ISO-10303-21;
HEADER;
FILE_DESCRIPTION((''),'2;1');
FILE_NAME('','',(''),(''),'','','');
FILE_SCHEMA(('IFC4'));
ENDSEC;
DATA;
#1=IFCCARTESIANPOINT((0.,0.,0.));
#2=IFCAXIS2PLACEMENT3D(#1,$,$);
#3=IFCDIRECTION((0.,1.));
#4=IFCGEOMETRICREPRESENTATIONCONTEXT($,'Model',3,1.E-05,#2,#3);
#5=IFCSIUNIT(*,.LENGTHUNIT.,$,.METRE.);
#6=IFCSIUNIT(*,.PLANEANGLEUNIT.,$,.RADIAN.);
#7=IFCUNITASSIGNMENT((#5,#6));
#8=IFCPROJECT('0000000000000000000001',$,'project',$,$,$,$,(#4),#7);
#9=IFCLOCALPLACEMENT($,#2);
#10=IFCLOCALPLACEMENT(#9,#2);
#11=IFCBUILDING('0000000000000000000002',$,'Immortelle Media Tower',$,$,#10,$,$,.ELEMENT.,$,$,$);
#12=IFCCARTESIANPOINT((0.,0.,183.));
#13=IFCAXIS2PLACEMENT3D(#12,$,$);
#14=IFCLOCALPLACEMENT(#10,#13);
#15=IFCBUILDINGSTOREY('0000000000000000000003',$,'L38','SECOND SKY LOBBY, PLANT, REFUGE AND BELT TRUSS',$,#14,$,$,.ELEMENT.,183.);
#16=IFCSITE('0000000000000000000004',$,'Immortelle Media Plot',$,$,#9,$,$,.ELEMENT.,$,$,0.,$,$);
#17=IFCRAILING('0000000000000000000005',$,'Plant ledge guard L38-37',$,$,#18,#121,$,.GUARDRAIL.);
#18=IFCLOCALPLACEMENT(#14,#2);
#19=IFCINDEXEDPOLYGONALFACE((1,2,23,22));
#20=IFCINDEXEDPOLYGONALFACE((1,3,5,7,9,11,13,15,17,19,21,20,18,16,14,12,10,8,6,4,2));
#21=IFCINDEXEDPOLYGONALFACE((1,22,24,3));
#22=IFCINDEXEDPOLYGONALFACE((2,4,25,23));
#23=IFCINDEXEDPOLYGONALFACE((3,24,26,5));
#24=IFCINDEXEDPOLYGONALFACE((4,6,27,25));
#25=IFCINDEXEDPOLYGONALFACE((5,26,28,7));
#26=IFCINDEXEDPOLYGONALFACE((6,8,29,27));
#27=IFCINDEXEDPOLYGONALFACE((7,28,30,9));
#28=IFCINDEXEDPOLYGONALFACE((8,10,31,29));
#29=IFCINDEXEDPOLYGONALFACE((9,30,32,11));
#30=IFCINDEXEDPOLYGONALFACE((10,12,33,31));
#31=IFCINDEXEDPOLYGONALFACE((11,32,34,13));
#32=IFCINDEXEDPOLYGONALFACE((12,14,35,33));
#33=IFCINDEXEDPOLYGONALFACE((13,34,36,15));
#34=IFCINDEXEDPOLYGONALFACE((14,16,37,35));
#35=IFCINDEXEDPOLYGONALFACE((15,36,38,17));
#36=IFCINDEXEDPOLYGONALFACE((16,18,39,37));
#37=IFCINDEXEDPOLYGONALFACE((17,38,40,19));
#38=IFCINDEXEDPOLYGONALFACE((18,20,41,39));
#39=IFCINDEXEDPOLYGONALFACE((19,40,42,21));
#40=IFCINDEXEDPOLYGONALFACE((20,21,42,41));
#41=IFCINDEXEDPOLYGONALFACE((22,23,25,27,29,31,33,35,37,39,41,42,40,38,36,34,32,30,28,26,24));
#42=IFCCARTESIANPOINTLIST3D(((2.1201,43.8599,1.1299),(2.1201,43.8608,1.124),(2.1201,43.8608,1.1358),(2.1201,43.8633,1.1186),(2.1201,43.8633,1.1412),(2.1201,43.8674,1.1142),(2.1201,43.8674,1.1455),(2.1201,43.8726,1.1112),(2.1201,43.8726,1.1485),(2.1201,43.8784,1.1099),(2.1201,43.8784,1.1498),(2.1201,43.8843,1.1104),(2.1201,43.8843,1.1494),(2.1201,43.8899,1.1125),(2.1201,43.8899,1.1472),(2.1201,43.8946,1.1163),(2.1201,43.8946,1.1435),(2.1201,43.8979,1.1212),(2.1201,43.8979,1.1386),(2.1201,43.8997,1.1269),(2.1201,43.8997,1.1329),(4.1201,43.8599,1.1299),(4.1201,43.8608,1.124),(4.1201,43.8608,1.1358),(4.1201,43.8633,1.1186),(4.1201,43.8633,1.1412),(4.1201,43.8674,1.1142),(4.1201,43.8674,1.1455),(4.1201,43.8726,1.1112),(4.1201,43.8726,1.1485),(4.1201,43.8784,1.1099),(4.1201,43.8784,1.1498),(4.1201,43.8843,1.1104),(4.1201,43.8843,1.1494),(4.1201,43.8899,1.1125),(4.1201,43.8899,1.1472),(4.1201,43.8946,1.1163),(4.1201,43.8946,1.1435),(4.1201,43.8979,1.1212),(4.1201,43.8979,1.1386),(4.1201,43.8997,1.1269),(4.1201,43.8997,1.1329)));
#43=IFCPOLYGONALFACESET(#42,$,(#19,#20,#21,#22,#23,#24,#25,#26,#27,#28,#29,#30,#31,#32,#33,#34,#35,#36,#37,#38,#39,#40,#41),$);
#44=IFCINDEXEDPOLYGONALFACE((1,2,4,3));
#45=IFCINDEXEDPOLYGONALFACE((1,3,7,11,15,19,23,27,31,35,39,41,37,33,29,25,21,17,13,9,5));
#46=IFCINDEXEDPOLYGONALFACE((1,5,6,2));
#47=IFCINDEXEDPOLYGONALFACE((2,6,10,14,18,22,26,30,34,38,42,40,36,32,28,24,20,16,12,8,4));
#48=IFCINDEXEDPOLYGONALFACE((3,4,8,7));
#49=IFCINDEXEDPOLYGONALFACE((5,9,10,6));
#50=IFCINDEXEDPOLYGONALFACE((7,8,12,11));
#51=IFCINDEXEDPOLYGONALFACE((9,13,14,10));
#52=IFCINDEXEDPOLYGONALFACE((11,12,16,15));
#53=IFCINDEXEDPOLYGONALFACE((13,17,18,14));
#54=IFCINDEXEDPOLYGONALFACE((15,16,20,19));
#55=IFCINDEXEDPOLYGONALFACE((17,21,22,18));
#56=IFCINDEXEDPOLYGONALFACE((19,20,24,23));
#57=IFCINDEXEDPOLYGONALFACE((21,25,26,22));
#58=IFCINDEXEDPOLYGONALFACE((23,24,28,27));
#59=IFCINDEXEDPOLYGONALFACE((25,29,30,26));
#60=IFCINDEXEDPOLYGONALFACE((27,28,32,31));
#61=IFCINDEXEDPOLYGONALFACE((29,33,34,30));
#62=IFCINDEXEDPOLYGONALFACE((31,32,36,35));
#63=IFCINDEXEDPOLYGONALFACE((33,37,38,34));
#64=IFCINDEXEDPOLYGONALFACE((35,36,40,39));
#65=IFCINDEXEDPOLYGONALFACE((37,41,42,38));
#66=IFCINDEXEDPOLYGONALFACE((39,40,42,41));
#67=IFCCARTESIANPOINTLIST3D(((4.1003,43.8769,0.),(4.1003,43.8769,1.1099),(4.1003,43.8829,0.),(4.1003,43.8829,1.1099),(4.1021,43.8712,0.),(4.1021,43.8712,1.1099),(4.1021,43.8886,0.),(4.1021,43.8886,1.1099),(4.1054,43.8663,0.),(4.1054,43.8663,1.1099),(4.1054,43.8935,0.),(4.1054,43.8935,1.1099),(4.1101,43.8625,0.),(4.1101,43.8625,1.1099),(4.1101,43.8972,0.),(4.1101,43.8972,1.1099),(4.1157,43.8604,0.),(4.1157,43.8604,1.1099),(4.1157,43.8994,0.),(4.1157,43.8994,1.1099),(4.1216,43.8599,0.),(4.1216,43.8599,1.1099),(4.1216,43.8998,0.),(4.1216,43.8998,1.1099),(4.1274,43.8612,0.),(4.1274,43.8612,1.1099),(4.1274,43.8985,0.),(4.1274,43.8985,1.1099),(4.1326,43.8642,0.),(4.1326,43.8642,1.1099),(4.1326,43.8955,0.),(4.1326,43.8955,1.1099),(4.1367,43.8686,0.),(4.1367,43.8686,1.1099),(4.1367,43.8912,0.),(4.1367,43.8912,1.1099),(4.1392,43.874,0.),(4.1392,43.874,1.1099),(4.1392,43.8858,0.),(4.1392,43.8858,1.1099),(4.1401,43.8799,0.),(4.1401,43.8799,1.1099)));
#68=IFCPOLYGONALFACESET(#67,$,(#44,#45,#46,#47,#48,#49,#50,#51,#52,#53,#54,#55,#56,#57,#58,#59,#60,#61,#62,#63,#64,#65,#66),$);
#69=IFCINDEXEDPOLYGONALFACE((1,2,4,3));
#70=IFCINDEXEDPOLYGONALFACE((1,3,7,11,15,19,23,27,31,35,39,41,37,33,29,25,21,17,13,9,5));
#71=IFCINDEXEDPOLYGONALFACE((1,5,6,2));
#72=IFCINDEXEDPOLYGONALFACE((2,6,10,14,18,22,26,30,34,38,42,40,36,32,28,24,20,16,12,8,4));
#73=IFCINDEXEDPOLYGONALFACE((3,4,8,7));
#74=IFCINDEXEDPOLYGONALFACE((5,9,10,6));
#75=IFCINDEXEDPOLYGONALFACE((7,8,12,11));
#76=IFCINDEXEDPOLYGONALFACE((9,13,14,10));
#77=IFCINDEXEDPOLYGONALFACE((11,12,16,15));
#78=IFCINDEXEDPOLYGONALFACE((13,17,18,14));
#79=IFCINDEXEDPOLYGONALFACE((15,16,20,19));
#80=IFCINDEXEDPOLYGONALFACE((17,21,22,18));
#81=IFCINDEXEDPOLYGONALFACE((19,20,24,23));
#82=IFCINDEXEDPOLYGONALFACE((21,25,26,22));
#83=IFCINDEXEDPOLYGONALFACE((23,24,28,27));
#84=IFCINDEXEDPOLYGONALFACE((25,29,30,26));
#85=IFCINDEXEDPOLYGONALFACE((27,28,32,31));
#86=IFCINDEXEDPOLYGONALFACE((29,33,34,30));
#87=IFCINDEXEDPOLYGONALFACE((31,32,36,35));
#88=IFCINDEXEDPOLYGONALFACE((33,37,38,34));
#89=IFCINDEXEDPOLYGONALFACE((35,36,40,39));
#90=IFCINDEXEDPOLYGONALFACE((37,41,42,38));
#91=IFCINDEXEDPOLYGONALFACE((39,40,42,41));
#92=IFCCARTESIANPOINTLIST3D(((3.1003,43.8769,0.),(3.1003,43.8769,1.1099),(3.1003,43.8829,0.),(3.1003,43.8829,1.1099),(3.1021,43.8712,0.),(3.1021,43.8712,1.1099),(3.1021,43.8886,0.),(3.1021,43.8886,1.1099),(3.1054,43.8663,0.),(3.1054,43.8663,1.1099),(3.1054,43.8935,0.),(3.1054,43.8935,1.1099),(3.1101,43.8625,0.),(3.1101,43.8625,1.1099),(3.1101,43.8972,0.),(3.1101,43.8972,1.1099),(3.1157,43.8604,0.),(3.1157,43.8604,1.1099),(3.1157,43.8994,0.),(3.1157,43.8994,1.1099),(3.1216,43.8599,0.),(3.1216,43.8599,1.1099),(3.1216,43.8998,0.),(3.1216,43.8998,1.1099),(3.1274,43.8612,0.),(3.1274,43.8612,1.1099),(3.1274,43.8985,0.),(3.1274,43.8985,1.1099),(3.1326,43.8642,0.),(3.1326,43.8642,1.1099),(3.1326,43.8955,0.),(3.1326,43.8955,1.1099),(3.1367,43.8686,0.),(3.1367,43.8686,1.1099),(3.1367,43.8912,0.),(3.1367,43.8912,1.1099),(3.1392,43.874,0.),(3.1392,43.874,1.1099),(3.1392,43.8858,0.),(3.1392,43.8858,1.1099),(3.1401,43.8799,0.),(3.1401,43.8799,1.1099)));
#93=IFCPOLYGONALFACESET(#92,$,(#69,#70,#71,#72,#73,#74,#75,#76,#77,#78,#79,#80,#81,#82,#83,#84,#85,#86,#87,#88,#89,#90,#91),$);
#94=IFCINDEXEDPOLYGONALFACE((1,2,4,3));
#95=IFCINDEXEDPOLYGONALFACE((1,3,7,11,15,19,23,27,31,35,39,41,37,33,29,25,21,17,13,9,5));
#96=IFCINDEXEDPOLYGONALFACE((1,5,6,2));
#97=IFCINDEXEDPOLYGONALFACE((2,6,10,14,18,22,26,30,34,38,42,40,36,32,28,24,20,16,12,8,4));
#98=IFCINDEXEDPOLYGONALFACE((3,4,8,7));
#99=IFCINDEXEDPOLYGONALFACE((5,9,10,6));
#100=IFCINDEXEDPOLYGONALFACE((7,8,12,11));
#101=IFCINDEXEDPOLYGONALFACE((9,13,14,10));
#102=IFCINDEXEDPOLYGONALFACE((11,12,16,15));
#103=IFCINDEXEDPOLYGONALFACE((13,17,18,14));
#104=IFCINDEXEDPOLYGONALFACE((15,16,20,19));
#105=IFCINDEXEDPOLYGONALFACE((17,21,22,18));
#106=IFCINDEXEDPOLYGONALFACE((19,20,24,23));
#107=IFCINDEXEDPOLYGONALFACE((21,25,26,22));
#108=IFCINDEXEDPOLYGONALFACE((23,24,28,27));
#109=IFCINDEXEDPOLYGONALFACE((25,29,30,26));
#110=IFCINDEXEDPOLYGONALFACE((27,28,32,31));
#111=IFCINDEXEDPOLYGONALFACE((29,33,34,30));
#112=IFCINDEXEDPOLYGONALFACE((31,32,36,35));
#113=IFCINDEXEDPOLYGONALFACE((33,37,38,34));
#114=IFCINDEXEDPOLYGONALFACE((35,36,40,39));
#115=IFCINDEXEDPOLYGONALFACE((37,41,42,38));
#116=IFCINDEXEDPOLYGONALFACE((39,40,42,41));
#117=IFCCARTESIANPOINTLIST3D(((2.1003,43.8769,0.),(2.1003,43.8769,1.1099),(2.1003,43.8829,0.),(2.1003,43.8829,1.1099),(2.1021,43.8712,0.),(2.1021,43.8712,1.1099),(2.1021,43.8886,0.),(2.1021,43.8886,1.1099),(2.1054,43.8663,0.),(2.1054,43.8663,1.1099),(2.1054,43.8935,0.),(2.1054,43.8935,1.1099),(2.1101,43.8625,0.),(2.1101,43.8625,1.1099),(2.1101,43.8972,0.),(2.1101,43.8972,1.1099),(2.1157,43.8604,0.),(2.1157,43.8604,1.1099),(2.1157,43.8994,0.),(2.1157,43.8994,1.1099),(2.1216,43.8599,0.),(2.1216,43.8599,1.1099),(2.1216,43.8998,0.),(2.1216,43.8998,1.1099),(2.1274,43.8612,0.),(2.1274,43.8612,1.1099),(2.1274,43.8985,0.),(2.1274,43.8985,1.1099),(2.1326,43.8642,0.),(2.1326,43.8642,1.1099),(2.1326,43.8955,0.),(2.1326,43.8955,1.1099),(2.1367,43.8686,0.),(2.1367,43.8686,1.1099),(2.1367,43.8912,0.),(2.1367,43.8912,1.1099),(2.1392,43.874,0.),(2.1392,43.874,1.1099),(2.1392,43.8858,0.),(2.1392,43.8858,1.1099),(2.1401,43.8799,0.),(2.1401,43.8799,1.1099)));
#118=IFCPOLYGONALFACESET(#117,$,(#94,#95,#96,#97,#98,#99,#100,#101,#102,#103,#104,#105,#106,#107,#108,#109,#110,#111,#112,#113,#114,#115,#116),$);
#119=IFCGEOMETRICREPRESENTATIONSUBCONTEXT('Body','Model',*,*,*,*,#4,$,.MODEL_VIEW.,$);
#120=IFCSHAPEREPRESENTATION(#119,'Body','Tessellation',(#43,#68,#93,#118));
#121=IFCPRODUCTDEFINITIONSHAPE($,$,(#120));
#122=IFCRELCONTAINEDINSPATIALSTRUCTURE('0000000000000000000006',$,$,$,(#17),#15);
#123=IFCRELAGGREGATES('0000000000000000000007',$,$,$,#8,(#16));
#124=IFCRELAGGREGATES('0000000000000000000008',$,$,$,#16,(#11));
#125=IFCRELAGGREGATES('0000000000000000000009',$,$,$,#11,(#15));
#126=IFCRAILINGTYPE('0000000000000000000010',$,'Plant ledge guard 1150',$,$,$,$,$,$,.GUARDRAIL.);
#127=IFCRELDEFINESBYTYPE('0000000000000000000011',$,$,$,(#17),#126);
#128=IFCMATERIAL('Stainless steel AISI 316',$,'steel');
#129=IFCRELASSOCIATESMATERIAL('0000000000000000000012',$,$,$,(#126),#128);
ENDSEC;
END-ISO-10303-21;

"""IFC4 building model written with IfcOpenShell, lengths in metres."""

from ifc_helpers import new_model, si_unit, direction, frame, origin, origin_2d, place, context, subcontext, project, spatial, circle, extrude, material, type_object, element, save


model = new_model("IFC4")

# Units and contexts
model_context = context("Model", 3, precision=1e-05, world=origin(), true_north=direction((0.0, 1.0)))
body_context = subcontext(model_context, "Body", "Model", "MODEL_VIEW")
ifc_project = project(units=[si_unit("LENGTHUNIT", "METRE"), si_unit("PLANEANGLEUNIT", "RADIAN")], contexts=[model_context])

# Site, building, storey
site_placement = place(None, origin())
site = spatial("IfcSite", under=ifc_project, at=site_placement, Name="Immortelle Media Plot", CompositionType="ELEMENT", RefElevation=0.0)
building_placement = place(site_placement, origin())
building = spatial("IfcBuilding", under=site, at=building_placement, Name="Immortelle Media Tower", CompositionType="ELEMENT")
storey_placement = place(building_placement, frame((0.0, 0.0, 183.0)))
storey = spatial("IfcBuildingStorey", under=building, at=storey_placement, Name="L38", Description="SECOND SKY LOBBY, PLANT, REFUGE AND BELT TRUSS", CompositionType="ELEMENT", Elevation=183.0)

# Railing
ifc_material_1 = material(Name="Stainless steel AISI 316", Category="steel")
railing_type = type_object("IfcRailingType", Name="Plant ledge guard 1150", PredefinedType="GUARDRAIL", material=ifc_material_1)
railing_1_placement = place(storey_placement, frame((4.1201, 43.8799, 0.0)))
element("IfcRailing", 1, at=railing_1_placement, inside=storey, type_object=railing_type, Name="Plant ledge guard L38-37", PredefinedType="GUARDRAIL", context=body_context, shape_type="SweptSolid", body=[
    extrude(circle(Radius=0.02, at=origin_2d()), frame((0.0, 0.0, 1.1299), z_axis=(-1.0, 0.0, 0.0), x_axis=(0.0, -1.0, 0.0)), (0.0, 0.0, 1.0), 2.0),
    extrude(circle(Radius=0.02, at=origin_2d()), origin(), (0.0, 0.0, 1.0), 1.1099),
    extrude(circle(Radius=0.02, at=origin_2d()), frame((-1.0, 0.0, 0.0)), (0.0, 0.0, 1.0), 1.1099),
    extrude(circle(Radius=0.02, at=origin_2d()), frame((-2.0, 0.0, 0.0)), (0.0, 0.0, 1.0), 1.1099),
])

save(model, "model.ifc")
